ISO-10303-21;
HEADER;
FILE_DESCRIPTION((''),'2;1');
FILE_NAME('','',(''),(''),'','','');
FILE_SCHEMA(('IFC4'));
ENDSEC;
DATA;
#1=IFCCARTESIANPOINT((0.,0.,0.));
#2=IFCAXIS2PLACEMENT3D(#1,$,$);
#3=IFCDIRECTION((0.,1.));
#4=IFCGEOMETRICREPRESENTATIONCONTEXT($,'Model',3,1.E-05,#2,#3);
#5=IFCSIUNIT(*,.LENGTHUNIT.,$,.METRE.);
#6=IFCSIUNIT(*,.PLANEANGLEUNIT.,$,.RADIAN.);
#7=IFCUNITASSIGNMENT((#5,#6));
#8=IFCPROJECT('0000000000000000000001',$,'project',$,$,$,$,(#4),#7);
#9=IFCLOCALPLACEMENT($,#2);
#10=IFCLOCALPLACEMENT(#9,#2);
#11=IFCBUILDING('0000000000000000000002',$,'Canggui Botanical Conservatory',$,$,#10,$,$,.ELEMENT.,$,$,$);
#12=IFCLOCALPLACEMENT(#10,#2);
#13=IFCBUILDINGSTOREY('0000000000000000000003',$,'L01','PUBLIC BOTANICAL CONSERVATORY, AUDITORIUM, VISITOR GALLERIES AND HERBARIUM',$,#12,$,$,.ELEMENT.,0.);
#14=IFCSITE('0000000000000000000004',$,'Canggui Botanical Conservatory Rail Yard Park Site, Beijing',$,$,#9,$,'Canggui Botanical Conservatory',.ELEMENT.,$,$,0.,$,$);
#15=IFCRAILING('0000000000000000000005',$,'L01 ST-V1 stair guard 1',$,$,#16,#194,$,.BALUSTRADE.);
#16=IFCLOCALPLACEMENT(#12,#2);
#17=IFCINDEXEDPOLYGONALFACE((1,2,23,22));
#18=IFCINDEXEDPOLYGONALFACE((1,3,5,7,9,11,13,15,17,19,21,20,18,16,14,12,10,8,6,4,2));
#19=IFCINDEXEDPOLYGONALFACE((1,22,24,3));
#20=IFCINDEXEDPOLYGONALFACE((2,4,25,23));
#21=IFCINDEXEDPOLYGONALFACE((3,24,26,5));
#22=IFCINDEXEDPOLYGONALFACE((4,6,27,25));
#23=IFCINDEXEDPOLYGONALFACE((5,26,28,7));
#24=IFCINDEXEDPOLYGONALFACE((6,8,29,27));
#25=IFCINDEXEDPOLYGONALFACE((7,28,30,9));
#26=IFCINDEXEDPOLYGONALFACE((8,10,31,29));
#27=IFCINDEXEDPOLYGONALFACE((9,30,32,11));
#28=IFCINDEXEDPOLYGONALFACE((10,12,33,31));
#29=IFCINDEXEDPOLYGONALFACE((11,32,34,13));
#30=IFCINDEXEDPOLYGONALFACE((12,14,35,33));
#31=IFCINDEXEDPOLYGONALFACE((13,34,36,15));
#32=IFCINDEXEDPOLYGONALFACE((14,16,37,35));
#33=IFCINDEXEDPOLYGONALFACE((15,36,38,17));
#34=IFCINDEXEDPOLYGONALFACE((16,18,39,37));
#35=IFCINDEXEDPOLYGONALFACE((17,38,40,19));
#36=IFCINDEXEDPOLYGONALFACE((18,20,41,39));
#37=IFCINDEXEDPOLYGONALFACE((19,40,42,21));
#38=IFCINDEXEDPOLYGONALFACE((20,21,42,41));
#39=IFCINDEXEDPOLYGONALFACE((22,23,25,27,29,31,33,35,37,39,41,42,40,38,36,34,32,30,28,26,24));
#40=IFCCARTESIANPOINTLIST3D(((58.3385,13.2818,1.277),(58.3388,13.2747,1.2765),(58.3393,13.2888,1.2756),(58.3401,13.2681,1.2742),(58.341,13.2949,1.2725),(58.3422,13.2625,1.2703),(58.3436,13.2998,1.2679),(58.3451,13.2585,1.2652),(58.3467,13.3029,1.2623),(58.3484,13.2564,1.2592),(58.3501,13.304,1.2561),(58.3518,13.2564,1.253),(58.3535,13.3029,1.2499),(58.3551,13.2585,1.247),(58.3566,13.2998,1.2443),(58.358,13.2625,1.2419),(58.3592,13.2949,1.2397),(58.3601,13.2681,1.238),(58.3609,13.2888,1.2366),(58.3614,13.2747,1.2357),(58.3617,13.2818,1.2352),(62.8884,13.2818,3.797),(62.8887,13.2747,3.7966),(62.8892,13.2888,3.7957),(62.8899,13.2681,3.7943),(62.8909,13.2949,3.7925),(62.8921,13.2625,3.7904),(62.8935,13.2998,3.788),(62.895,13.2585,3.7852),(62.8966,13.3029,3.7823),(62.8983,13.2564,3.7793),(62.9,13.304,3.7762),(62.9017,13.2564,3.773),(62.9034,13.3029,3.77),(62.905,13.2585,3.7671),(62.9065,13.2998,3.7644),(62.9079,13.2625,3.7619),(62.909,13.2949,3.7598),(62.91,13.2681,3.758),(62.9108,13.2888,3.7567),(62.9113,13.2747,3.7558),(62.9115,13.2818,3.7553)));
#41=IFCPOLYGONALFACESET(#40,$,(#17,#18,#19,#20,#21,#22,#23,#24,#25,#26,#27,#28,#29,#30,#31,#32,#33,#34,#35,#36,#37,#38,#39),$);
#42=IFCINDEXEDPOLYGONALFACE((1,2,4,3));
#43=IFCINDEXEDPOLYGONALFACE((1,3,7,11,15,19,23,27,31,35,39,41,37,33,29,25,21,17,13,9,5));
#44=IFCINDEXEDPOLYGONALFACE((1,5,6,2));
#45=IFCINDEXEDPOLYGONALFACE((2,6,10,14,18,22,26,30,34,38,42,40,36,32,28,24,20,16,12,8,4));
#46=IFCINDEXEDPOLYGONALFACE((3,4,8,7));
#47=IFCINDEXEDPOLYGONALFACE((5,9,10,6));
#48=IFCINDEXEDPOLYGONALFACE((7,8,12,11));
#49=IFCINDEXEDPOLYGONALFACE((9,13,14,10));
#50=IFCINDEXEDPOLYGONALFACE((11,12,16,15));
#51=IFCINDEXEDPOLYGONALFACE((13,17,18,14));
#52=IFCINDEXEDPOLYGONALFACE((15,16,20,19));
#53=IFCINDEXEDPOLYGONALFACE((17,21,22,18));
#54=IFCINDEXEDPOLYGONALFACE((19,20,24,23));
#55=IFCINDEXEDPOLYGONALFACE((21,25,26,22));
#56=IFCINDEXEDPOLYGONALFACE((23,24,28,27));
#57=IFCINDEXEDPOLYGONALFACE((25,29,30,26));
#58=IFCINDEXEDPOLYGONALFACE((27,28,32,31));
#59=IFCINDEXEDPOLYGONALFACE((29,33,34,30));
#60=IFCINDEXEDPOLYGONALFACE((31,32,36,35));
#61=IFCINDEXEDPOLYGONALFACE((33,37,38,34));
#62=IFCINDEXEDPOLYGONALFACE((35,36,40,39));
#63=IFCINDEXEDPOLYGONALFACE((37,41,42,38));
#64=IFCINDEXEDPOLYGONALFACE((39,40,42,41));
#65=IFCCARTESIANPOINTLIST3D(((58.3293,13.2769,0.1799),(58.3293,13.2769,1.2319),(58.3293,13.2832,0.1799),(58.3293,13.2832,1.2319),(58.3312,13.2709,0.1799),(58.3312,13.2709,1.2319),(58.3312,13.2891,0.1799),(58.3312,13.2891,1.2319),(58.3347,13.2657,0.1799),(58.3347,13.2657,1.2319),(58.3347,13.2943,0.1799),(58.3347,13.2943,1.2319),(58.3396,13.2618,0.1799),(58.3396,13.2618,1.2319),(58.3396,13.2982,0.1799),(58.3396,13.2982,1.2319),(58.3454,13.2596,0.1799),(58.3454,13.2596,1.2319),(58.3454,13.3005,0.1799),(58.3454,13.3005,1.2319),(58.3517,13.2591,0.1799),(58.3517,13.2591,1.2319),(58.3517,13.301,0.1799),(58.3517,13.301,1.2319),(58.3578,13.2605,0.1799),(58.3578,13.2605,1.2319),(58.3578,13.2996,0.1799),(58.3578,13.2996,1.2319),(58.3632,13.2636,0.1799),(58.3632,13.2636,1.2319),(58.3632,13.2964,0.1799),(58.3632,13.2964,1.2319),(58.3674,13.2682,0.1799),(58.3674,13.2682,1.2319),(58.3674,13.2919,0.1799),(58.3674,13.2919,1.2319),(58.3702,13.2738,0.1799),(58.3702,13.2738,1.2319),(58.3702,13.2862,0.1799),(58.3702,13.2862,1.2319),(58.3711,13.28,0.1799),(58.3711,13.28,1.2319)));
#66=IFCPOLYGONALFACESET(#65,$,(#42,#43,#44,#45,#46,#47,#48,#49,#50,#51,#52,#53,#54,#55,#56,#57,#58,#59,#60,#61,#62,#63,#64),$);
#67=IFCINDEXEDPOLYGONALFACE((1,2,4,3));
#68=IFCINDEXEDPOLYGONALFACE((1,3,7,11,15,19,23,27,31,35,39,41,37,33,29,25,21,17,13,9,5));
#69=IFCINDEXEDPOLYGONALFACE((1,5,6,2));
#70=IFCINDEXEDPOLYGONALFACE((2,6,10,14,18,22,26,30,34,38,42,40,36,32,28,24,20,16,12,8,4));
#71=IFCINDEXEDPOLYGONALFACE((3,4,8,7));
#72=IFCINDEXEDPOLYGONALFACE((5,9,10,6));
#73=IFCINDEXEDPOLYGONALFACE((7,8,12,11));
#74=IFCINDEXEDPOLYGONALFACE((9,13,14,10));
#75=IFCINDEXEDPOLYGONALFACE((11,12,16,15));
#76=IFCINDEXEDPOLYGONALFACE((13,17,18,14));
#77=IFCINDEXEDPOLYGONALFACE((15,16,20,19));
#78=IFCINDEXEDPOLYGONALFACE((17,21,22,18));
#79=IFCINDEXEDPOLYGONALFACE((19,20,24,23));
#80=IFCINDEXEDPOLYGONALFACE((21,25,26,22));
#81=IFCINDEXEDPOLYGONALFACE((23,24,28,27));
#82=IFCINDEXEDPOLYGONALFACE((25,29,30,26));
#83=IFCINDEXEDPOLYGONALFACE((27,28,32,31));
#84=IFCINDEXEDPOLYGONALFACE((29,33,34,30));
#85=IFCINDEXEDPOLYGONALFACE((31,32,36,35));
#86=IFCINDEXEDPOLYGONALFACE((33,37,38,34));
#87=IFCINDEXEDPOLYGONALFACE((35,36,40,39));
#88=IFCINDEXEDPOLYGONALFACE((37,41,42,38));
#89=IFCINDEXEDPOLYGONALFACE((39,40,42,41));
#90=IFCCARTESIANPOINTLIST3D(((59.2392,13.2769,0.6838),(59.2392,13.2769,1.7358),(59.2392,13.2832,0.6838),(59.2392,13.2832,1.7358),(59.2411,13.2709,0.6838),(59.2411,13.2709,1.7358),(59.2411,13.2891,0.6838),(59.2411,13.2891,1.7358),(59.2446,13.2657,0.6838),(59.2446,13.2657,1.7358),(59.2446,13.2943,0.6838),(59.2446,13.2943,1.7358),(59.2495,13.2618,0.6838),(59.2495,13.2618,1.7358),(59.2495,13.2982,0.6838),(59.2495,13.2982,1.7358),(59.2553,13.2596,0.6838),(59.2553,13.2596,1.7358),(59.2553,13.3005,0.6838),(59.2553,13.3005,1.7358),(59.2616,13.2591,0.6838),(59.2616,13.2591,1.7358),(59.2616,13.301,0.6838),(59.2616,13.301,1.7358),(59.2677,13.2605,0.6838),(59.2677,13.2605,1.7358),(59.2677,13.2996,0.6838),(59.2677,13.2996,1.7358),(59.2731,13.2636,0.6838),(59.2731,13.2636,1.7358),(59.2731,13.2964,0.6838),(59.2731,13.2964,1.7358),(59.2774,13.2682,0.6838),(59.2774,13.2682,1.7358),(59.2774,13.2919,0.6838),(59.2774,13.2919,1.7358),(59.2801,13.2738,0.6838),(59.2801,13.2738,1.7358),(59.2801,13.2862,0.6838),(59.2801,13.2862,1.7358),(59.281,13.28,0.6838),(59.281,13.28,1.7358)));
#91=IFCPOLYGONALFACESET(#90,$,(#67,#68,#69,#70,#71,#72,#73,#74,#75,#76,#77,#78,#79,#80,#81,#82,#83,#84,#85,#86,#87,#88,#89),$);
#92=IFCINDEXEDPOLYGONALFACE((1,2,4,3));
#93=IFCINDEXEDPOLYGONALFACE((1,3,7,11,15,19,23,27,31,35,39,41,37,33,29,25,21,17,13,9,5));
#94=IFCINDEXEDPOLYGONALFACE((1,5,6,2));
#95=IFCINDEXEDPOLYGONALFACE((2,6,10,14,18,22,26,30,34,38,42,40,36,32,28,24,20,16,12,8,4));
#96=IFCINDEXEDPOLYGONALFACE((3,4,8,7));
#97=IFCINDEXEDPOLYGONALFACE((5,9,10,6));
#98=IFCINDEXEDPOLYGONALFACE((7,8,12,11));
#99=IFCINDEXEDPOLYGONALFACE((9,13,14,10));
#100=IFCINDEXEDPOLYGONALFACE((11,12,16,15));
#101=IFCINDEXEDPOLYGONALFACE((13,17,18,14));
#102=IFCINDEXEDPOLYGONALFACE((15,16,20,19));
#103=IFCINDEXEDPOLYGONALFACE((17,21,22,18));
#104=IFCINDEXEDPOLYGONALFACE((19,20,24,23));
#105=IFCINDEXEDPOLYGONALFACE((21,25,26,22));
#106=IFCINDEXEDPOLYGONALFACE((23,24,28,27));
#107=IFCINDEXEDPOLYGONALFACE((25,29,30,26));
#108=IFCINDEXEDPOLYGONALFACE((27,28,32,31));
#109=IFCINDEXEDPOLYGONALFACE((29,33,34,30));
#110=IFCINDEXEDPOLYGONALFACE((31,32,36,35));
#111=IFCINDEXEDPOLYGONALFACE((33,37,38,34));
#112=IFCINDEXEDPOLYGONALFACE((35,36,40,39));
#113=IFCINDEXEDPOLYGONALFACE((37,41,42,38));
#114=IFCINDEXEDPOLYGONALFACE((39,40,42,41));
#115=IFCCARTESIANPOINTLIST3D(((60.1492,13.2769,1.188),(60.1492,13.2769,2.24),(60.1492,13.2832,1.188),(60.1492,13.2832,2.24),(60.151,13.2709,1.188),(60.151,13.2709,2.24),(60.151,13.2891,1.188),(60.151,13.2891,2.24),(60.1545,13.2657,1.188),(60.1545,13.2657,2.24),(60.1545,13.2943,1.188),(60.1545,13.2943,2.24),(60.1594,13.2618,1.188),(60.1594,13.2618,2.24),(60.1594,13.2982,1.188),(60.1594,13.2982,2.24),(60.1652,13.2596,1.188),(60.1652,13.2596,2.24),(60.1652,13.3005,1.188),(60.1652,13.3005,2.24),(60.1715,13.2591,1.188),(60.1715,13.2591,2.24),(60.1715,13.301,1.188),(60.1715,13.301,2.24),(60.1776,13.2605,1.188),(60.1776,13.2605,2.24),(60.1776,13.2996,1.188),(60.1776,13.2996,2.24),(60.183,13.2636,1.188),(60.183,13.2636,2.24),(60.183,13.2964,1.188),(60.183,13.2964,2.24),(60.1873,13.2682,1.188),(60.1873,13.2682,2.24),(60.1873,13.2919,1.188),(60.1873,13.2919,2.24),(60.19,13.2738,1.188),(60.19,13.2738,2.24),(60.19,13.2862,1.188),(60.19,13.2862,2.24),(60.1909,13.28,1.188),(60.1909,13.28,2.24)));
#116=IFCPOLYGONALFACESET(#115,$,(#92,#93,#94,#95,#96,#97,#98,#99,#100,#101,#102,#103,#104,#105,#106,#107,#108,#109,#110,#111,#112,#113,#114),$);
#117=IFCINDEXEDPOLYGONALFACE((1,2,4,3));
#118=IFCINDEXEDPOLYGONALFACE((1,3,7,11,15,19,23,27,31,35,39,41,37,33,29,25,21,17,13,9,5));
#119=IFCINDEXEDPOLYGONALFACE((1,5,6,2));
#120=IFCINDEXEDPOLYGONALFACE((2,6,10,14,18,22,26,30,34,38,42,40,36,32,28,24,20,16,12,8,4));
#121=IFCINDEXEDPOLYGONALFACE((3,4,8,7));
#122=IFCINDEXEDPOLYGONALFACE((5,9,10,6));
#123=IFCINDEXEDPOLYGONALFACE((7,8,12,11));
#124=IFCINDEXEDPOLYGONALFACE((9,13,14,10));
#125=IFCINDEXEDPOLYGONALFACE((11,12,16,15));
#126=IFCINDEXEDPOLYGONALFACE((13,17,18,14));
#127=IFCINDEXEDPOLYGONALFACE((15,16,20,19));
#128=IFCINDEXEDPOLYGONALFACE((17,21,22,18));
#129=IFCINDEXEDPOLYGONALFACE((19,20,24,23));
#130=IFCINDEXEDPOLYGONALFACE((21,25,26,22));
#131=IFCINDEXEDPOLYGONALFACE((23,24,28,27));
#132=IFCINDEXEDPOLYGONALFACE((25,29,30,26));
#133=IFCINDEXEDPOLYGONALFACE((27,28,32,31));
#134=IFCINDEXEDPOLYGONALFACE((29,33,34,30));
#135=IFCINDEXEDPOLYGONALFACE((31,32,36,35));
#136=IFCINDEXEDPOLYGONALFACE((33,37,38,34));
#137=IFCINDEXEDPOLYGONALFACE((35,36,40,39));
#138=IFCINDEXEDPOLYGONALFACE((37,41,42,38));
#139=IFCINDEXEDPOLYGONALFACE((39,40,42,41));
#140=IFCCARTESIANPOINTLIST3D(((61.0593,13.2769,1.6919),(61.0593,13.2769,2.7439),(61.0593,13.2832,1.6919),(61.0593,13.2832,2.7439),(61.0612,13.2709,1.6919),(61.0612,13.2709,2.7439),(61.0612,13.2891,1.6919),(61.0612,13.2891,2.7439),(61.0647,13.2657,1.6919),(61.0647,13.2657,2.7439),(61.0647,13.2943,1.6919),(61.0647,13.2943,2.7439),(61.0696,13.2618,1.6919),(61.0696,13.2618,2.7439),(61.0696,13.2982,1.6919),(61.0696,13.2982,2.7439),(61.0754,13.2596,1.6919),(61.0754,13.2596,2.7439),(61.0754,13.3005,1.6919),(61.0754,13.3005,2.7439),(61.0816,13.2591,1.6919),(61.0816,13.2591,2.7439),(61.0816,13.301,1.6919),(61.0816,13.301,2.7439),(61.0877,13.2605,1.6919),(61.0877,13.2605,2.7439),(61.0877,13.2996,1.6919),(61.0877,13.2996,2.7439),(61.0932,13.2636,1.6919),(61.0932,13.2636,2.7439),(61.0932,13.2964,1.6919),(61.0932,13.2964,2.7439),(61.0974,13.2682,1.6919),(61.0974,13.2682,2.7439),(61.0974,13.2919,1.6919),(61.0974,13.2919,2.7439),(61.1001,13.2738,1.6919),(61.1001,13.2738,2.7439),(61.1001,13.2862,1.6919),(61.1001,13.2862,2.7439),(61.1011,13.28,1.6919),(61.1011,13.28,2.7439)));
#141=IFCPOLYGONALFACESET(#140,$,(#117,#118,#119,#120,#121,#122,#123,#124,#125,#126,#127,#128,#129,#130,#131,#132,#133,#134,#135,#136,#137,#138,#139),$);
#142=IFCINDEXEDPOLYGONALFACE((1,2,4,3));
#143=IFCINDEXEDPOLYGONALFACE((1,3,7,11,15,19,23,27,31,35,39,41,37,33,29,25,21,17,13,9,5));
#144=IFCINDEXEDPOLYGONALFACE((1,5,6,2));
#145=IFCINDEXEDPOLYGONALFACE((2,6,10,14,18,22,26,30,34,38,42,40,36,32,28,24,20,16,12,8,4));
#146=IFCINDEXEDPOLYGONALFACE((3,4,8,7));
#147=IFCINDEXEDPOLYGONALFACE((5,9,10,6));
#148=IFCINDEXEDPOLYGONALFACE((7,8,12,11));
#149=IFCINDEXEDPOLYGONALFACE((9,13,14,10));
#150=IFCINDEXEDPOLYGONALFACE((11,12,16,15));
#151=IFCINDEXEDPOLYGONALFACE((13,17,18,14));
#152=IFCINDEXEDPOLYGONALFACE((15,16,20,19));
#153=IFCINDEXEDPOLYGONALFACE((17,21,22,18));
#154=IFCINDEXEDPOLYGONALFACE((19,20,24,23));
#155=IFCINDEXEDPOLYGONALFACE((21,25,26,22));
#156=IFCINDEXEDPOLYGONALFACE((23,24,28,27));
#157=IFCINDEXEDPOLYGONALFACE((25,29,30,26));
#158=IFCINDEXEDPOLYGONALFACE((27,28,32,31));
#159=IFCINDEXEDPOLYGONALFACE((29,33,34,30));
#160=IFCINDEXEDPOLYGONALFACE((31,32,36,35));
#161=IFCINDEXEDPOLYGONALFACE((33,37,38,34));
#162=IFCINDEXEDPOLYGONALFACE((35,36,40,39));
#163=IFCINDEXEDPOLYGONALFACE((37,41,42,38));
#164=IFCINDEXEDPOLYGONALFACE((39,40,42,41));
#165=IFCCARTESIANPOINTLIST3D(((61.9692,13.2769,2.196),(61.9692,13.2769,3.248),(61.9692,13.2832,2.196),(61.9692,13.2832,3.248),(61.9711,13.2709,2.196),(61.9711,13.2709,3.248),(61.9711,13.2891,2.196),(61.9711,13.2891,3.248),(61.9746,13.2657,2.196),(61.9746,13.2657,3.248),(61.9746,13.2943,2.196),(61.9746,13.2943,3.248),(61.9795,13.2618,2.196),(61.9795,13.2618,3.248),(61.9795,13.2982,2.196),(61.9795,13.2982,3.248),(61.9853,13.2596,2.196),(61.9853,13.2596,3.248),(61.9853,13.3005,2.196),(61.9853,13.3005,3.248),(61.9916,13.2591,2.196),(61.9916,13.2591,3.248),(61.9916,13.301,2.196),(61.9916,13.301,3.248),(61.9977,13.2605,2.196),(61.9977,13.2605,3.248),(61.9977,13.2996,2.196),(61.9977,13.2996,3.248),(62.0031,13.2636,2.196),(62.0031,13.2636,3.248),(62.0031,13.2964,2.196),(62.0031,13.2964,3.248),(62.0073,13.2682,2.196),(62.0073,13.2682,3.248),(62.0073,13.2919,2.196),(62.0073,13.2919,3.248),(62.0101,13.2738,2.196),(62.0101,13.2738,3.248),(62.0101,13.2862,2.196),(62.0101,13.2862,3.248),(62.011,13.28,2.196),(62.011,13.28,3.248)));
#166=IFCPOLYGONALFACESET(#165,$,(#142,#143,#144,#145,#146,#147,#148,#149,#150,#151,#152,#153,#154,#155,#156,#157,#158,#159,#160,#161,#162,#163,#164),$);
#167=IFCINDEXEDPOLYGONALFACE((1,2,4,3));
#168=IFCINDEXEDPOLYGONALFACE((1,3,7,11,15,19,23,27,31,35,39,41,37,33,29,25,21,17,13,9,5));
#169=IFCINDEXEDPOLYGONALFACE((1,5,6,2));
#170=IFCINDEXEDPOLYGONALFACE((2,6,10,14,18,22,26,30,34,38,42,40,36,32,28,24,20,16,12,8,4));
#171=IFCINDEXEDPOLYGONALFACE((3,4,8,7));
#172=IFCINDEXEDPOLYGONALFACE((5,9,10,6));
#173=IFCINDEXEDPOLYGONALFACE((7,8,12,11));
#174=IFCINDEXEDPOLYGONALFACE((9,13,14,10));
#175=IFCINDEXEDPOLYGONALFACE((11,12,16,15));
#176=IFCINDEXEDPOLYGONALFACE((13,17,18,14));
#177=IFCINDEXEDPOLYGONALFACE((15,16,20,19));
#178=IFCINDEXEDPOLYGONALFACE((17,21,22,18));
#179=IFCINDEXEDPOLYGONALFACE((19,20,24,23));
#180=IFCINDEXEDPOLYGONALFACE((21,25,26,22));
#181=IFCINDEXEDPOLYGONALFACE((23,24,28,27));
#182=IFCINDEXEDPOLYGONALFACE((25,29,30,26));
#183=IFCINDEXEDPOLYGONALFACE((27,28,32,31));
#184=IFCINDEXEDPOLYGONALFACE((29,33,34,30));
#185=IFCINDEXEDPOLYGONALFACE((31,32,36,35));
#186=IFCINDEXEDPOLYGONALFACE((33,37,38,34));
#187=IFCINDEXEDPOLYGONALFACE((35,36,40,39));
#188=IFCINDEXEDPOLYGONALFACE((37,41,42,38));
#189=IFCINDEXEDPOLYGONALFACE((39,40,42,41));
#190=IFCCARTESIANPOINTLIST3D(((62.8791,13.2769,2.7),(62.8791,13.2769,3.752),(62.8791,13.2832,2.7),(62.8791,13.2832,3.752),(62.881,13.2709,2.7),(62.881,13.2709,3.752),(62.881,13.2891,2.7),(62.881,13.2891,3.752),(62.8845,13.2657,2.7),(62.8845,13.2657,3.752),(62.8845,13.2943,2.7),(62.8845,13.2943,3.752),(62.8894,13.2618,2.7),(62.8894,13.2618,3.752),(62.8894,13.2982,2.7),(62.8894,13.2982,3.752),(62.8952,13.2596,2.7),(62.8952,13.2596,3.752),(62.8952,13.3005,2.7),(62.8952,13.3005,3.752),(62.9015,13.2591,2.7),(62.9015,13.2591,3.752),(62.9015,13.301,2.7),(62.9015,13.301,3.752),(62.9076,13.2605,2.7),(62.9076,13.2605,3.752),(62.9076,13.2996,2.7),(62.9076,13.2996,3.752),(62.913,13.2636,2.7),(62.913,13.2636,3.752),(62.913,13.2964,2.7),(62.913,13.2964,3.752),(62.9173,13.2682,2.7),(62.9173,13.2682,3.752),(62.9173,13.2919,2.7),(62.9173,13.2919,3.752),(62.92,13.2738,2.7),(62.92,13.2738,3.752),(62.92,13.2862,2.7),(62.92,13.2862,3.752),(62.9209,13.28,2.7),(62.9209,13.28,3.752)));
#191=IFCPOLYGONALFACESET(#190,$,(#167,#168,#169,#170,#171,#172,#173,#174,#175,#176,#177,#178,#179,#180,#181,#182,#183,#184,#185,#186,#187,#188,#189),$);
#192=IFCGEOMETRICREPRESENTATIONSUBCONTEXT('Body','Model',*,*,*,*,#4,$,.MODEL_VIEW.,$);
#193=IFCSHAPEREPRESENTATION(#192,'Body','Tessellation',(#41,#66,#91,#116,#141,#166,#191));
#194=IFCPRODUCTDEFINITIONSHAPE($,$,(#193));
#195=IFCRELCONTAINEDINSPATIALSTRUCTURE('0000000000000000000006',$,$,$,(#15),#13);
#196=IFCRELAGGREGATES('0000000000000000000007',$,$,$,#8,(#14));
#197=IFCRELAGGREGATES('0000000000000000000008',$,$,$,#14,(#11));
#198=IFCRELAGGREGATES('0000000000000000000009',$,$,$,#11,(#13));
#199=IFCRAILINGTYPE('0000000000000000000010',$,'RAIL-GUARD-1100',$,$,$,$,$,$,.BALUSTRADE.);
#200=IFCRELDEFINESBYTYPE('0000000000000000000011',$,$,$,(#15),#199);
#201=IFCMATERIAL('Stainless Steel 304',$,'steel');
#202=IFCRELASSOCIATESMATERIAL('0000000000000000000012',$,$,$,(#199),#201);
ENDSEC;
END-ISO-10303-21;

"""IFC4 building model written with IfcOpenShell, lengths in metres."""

from ifc_helpers import new_model, si_unit, direction, frame, origin, origin_2d, place, context, subcontext, project, spatial, circle, extrude, material, type_object, element, save


model = new_model("IFC4")

# Units and contexts
model_context = context("Model", 3, precision=1e-05, world=origin(), true_north=direction((0.0, 1.0)))
body_context = subcontext(model_context, "Body", "Model", "MODEL_VIEW")
ifc_project = project(units=[si_unit("LENGTHUNIT", "METRE"), si_unit("PLANEANGLEUNIT", "RADIAN")], contexts=[model_context])

# Site, building, storey
site_placement = place(None, origin())
site = spatial("IfcSite", under=ifc_project, at=site_placement, Name="Canggui Botanical Conservatory Rail Yard Park Site, Beijing", LongName="Canggui Botanical Conservatory", CompositionType="ELEMENT", RefElevation=0.0)
building_placement = place(site_placement, origin())
building = spatial("IfcBuilding", under=site, at=building_placement, Name="Canggui Botanical Conservatory", CompositionType="ELEMENT")
storey_placement = place(building_placement, origin())
storey = spatial("IfcBuildingStorey", under=building, at=storey_placement, Name="L01", Description="PUBLIC BOTANICAL CONSERVATORY, AUDITORIUM, VISITOR GALLERIES AND HERBARIUM", CompositionType="ELEMENT", Elevation=0.0)

# Railing
ifc_material_1 = material(Name="Stainless Steel 304", Category="steel")
railing_type_1 = type_object("IfcRailingType", Name="RAIL-GUARD-1100", PredefinedType="BALUSTRADE", material=ifc_material_1)
railing_1_placement = place(storey_placement, frame((58.3501, 13.28, 0.1799)))
element("IfcRailing", 1, at=railing_1_placement, inside=storey, type_object=railing_type_1, Name="L01 ST-V1 stair guard 1", PredefinedType="BALUSTRADE", context=body_context, shape_type="SweptSolid", body=[
    extrude(circle(Radius=0.0239, at=origin_2d()), frame((0.0, 0.0, 1.0762), z_axis=(0.874781, 0.0, 0.484519), x_axis=(0.0, 1.0, 0.0)), (0.0, 0.0, 1.0), 5.2012),
    extrude(circle(Radius=0.021, at=origin_2d()), origin(), (0.0, 0.0, 1.0), 1.052),
    extrude(circle(Radius=0.021, at=origin_2d()), frame((0.9099, 0.0, 0.5039)), (0.0, 0.0, 1.0), 1.052),
    extrude(circle(Radius=0.021, at=origin_2d()), frame((1.8198, 0.0, 1.0081)), (0.0, 0.0, 1.0), 1.052),
    extrude(circle(Radius=0.021, at=origin_2d()), frame((2.73, 0.0, 1.512)), (0.0, 0.0, 1.0), 1.052),
    extrude(circle(Radius=0.021, at=origin_2d()), frame((3.6399, 0.0, 2.0161)), (0.0, 0.0, 1.0), 1.052),
    extrude(circle(Radius=0.021, at=origin_2d()), frame((4.5498, 0.0, 2.52)), (0.0, 0.0, 1.0), 1.052),
])

save(model, "model.ifc")
